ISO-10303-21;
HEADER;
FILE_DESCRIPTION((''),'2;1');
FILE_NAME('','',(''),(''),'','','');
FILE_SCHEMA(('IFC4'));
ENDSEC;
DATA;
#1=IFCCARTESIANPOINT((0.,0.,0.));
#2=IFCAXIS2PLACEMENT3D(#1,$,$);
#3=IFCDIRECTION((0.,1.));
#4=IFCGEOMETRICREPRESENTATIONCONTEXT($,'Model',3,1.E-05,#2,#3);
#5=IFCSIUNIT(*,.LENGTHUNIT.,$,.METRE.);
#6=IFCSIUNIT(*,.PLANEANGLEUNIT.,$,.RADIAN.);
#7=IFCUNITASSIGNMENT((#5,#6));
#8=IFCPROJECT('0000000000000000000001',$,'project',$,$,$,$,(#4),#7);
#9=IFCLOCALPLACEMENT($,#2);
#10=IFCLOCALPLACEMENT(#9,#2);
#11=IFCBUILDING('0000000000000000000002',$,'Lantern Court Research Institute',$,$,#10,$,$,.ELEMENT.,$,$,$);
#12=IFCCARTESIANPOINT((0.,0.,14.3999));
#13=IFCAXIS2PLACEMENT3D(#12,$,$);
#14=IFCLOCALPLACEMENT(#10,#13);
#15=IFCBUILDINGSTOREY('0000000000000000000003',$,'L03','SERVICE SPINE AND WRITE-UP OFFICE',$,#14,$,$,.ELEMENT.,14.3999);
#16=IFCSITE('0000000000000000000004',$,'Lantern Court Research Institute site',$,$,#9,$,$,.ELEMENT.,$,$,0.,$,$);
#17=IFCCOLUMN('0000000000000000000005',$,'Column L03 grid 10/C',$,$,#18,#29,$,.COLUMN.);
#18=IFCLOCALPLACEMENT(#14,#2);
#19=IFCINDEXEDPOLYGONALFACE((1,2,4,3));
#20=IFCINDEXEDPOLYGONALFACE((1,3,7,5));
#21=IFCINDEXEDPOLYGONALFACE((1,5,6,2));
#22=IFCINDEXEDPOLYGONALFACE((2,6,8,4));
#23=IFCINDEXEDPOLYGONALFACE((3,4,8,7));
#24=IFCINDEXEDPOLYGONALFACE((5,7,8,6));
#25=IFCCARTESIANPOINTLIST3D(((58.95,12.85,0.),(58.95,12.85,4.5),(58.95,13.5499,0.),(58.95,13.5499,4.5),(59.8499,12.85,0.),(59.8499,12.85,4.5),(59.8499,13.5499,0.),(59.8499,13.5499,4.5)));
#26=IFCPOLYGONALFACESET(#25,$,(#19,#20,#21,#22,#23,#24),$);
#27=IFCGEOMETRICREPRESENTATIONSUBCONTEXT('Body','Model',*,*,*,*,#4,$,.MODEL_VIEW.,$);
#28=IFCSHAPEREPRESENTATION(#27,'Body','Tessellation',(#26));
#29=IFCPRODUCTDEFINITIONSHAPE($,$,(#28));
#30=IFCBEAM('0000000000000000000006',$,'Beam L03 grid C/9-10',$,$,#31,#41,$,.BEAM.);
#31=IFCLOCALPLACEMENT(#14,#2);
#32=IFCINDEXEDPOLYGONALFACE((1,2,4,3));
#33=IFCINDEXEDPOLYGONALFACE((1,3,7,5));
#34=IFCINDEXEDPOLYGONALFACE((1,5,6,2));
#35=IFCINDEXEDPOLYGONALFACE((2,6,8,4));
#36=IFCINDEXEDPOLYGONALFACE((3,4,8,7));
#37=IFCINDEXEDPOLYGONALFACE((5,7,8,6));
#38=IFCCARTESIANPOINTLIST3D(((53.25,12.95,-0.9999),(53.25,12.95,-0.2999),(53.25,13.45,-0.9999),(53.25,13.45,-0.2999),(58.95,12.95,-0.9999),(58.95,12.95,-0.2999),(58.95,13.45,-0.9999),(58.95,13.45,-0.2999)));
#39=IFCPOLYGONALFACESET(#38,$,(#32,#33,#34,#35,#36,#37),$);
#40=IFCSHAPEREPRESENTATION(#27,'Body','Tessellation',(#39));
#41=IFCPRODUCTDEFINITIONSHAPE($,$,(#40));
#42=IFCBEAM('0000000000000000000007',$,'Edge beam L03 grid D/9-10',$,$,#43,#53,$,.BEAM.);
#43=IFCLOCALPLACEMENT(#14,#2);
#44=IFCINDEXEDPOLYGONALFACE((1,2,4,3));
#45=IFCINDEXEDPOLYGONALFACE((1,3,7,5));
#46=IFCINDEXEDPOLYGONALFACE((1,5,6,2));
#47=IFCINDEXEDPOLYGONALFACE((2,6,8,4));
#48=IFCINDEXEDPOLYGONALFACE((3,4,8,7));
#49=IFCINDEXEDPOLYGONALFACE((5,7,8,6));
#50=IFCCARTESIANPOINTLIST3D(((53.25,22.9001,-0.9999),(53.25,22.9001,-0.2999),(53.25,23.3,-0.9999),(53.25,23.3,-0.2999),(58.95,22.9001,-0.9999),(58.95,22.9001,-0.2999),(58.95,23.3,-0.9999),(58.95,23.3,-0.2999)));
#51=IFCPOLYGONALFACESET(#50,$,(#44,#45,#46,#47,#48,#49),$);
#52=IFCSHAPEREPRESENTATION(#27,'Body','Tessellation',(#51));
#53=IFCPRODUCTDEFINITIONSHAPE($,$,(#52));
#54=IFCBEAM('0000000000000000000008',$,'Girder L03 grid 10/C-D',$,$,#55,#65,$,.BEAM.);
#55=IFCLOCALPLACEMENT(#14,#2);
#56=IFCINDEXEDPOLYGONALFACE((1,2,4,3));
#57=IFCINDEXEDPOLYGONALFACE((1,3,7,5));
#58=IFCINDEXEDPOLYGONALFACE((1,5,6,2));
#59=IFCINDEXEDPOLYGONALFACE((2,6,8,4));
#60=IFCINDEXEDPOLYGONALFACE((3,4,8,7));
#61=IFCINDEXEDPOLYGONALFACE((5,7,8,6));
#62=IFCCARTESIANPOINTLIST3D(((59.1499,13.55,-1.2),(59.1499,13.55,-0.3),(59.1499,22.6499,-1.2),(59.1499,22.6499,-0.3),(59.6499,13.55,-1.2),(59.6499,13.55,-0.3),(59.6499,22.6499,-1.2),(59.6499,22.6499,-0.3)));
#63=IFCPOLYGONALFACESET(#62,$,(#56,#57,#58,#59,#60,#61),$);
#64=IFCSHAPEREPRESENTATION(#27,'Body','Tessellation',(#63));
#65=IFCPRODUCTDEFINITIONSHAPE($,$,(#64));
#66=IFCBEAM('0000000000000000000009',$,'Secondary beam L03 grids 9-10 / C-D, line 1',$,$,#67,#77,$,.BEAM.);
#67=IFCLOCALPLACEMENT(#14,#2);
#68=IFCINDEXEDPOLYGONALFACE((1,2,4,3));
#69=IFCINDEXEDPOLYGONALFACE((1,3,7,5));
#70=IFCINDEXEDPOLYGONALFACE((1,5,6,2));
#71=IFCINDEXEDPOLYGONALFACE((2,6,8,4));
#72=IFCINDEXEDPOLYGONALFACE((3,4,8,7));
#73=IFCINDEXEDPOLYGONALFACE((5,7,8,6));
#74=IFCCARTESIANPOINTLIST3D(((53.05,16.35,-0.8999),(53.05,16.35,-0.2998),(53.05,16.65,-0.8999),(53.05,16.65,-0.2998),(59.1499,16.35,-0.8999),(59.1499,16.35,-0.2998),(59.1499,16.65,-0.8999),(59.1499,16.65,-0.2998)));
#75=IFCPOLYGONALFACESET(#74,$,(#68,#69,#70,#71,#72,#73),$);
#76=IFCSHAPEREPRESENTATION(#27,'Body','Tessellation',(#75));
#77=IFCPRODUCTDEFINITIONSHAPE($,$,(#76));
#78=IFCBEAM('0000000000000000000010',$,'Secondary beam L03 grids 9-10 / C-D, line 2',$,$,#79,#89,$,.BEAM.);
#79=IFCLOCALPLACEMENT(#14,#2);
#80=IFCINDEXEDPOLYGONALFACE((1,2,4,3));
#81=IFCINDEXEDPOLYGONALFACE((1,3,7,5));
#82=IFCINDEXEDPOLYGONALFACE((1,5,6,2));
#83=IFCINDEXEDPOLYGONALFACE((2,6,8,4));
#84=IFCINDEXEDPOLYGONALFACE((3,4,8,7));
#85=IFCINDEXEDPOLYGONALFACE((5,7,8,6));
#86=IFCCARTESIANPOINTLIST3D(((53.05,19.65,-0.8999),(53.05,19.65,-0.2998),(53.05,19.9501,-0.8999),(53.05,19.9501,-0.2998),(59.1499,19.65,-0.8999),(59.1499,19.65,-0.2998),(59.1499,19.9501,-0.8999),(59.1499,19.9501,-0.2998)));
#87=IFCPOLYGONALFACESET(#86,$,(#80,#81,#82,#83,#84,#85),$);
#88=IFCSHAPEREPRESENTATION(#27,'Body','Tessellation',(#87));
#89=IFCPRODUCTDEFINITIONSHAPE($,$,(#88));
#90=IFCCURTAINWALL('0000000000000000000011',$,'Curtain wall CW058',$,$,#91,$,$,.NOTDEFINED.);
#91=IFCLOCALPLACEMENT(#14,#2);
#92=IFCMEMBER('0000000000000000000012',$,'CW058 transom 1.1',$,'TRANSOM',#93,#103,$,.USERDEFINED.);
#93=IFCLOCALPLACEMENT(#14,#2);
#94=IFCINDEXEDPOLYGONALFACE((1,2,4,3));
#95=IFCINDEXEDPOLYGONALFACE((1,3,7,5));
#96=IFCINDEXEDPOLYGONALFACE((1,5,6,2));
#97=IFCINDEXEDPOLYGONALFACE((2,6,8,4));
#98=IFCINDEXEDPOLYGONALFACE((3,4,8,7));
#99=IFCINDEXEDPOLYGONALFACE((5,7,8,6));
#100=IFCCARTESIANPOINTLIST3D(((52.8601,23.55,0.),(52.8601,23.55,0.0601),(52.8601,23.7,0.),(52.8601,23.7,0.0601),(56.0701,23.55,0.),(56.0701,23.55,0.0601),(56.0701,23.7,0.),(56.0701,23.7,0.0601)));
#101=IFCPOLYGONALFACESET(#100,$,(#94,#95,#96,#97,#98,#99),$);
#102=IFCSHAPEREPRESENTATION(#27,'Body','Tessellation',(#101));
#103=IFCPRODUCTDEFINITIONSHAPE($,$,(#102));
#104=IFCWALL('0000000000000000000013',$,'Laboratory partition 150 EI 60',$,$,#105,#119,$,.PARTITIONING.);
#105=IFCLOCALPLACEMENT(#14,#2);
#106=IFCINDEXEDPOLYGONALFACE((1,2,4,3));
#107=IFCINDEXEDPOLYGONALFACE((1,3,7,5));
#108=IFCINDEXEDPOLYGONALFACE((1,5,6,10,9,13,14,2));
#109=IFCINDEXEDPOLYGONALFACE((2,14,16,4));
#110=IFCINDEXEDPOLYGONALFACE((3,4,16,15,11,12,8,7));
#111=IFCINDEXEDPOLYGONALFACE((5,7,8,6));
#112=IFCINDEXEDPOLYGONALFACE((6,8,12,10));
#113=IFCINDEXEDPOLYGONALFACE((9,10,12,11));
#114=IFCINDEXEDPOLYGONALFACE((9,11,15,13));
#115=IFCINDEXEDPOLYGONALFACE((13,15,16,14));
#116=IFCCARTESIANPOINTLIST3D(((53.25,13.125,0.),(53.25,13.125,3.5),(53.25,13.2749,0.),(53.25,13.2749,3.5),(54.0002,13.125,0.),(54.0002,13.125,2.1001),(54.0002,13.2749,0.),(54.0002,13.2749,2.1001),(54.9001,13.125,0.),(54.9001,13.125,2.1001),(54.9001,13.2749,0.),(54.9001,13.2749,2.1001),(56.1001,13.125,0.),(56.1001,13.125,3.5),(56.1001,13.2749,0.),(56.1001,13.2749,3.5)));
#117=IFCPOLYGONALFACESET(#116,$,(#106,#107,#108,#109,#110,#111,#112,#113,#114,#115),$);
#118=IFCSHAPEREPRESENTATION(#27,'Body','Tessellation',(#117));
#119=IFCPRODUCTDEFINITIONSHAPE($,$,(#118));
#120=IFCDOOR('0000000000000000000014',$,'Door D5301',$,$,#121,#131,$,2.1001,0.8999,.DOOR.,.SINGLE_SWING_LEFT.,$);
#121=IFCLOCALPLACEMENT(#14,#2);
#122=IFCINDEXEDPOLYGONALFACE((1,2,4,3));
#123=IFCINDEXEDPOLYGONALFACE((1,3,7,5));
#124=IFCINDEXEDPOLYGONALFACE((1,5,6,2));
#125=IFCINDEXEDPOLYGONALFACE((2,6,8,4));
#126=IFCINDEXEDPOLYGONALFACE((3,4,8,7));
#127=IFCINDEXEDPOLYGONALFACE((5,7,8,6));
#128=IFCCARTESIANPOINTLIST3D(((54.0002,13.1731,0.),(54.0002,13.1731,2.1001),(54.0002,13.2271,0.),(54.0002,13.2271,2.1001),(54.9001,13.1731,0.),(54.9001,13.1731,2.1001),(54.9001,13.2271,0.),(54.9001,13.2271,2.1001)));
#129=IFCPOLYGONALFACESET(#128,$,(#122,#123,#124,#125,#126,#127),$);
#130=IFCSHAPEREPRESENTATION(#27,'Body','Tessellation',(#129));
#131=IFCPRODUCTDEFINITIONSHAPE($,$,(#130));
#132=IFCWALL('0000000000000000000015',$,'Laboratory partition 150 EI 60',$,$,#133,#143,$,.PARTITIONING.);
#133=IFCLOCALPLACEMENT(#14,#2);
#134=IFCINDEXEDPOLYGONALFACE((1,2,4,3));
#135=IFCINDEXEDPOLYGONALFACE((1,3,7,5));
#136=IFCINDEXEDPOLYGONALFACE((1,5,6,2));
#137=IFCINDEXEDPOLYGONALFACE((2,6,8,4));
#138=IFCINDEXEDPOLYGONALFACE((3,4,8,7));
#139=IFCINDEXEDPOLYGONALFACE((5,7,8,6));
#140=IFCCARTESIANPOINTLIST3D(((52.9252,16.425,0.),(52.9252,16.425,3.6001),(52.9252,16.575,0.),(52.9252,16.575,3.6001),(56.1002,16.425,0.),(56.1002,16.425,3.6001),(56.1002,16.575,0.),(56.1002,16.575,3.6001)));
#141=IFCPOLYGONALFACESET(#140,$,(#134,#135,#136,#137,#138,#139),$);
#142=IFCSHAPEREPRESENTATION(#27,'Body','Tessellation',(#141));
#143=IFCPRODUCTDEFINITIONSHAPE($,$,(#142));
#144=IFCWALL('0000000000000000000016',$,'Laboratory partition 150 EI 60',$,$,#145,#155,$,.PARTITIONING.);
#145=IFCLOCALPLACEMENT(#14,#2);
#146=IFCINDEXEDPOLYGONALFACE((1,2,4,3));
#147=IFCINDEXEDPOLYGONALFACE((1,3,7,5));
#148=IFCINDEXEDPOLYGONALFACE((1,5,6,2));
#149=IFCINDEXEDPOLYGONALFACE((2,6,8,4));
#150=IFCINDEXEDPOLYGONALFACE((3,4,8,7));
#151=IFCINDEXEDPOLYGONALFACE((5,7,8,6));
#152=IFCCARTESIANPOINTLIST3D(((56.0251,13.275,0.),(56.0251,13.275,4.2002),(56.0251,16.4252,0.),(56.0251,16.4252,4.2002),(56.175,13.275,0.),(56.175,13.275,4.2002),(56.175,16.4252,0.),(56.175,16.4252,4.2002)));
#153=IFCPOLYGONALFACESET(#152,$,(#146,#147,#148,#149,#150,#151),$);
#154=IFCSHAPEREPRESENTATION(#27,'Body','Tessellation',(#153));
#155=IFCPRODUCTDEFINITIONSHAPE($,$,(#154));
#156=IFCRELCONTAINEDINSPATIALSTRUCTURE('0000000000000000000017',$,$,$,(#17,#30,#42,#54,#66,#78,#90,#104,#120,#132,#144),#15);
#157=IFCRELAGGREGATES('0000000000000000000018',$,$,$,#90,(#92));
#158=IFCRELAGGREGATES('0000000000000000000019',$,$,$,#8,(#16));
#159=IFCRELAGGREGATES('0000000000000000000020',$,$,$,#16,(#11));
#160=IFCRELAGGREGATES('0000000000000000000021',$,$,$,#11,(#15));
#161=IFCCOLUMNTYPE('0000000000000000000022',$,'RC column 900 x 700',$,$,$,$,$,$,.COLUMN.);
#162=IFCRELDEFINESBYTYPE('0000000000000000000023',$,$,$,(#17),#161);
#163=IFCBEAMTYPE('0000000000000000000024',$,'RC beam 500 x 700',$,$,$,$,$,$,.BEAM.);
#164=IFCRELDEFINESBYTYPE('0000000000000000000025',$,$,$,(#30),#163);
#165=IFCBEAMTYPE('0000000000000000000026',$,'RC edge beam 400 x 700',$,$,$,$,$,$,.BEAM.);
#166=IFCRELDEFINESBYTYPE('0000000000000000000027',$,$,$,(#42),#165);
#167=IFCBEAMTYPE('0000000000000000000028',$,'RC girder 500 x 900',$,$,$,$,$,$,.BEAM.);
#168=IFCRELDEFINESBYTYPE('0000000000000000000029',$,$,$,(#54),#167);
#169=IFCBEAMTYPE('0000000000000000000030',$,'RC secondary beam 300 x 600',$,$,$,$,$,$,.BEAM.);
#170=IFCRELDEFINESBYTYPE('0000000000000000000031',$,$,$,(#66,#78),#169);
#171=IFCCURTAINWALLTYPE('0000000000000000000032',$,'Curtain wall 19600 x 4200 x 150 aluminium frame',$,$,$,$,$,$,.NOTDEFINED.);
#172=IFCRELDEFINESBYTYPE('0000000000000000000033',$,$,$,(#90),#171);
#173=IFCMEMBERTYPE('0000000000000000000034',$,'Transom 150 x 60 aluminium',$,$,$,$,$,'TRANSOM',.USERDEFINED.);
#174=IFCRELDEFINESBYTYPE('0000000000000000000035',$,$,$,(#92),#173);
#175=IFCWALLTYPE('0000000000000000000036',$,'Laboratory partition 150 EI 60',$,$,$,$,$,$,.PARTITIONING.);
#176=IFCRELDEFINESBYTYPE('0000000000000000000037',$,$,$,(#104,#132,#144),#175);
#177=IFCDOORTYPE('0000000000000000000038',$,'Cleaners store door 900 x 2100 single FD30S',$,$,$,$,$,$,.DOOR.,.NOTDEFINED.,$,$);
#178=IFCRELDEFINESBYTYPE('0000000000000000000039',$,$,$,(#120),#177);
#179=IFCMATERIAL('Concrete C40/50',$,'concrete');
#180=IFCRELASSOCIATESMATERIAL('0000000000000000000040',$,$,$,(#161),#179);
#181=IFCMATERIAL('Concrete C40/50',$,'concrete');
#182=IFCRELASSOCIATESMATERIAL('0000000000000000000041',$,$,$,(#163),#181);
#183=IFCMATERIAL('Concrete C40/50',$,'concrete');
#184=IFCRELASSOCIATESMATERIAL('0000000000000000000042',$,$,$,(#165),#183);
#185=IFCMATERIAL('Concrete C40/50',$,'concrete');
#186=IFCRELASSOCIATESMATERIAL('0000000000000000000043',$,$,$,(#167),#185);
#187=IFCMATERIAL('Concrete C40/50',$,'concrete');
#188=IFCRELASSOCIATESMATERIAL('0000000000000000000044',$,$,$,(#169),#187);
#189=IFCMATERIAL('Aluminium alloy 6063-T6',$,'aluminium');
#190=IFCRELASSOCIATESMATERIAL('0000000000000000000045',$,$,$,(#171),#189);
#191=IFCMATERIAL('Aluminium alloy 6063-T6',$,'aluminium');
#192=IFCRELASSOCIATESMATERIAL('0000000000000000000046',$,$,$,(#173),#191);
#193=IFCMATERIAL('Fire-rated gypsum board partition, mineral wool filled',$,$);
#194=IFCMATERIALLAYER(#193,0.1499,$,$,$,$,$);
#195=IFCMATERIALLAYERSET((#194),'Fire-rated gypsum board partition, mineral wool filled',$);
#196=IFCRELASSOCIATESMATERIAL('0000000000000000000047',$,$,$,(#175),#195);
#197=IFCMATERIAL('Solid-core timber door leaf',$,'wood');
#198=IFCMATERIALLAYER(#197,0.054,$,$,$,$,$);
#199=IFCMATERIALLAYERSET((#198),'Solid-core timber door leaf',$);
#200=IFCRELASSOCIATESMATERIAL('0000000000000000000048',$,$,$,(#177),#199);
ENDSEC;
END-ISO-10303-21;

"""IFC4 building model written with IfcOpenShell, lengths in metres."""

from ifc_helpers import new_model, si_unit, direction, frame, frame_2d, origin, origin_2d, place, context, subcontext, project, spatial, rectangle, extrude, material, layer, layer_set, material_profile, profile_set, type_object, element, fill, aggregate, save


model = new_model("IFC4")

# Units and contexts
model_context = context("Model", 3, precision=1e-05, world=origin(), true_north=direction((0.0, 1.0)))
body_context = subcontext(model_context, "Body", "Model", "MODEL_VIEW")
ifc_project = project(units=[si_unit("LENGTHUNIT", "METRE"), si_unit("PLANEANGLEUNIT", "RADIAN")], contexts=[model_context])

# Site, building, storey
site_placement = place(None, origin())
site = spatial("IfcSite", under=ifc_project, at=site_placement, Name="Lantern Court Research Institute site", CompositionType="ELEMENT", RefElevation=0.0)
building_placement = place(site_placement, origin())
building = spatial("IfcBuilding", under=site, at=building_placement, Name="Lantern Court Research Institute", CompositionType="ELEMENT")
storey_placement = place(building_placement, frame((0.0, 0.0, 14.3999)))
storey = spatial("IfcBuildingStorey", under=building, at=storey_placement, Name="L03", Description="SERVICE SPINE AND WRITE-UP OFFICE", CompositionType="ELEMENT", Elevation=14.3999)

# Column
ifc_material_1 = material(Name="Concrete C40/50", Category="concrete")
ifc_material_profile_1 = material_profile(ifc_material_1, rectangle(XDim=0.8999, YDim=0.7, at=origin_2d()), Name="RC column 900 x 700")
ifc_profile_set_1 = profile_set([ifc_material_profile_1], Name="Concrete C40/50")
column_type = type_object("IfcColumnType", Name="RC column 900 x 700", PredefinedType="COLUMN", material=ifc_profile_set_1)
column_placement = place(storey_placement, frame((59.3999, 13.2, 0.0), z_axis=(0.0, 0.0, 1.0), x_axis=(1.0, 0.0, 0.0)))
element("IfcColumn", 1, at=column_placement, inside=storey, type_object=column_type, Name="Column L03 grid 10/C", PredefinedType="COLUMN", context=body_context, shape_type="SweptSolid", body=[
    extrude(rectangle(XDim=0.8999, YDim=0.7, at=origin_2d()), origin(), (0.0, 0.0, 1.0), 4.5),
])

# Beams
ifc_material_2 = material(Name="Concrete C40/50", Category="concrete")
ifc_material_profile_2 = material_profile(ifc_material_2, rectangle(XDim=0.5, YDim=0.7, at=origin_2d()), Name="RC beam 500 x 700")
ifc_profile_set_2 = profile_set([ifc_material_profile_2], Name="Concrete C40/50")
beam_type_1 = type_object("IfcBeamType", Name="RC beam 500 x 700", PredefinedType="BEAM", material=ifc_profile_set_2)
beam_1_placement = place(storey_placement, frame((53.25, 13.2, -0.6499), z_axis=(1.0, 0.0, 0.0), x_axis=(0.0, 1.0, 0.0)))
element("IfcBeam", 2, at=beam_1_placement, inside=storey, type_object=beam_type_1, Name="Beam L03 grid C/9-10", PredefinedType="BEAM", context=body_context, shape_type="SweptSolid", body=[
    extrude(rectangle(XDim=0.5, YDim=0.7, at=origin_2d()), origin(), (0.0, 0.0, 1.0), 5.7),
])
ifc_material_3 = material(Name="Concrete C40/50", Category="concrete")
ifc_material_profile_3 = material_profile(ifc_material_3, rectangle(XDim=0.3999, YDim=0.7, at=origin_2d()), Name="RC beam 400 x 700")
ifc_profile_set_3 = profile_set([ifc_material_profile_3], Name="Concrete C40/50")
beam_type_2 = type_object("IfcBeamType", Name="RC edge beam 400 x 700", PredefinedType="BEAM", material=ifc_profile_set_3)
beam_2_placement = place(storey_placement, frame((53.25, 23.1001, -0.6499), z_axis=(1.0, 0.0, 0.0), x_axis=(0.0, 1.0, 0.0)))
element("IfcBeam", 3, at=beam_2_placement, inside=storey, type_object=beam_type_2, Name="Edge beam L03 grid D/9-10", PredefinedType="BEAM", context=body_context, shape_type="SweptSolid", body=[
    extrude(rectangle(XDim=0.3999, YDim=0.7, at=origin_2d()), origin(), (0.0, 0.0, 1.0), 5.7),
])
ifc_material_4 = material(Name="Concrete C40/50", Category="concrete")
ifc_material_profile_4 = material_profile(ifc_material_4, rectangle(XDim=0.5, YDim=0.8999, at=origin_2d()), Name="RC beam 500 x 900")
ifc_profile_set_4 = profile_set([ifc_material_profile_4], Name="Concrete C40/50")
beam_type_3 = type_object("IfcBeamType", Name="RC girder 500 x 900", PredefinedType="BEAM", material=ifc_profile_set_4)
beam_3_placement = place(storey_placement, frame((59.3999, 13.55, -0.75), z_axis=(0.0, 1.0, 0.0), x_axis=(-1.0, 0.0, 0.0)))
element("IfcBeam", 4, at=beam_3_placement, inside=storey, type_object=beam_type_3, Name="Girder L03 grid 10/C-D", PredefinedType="BEAM", context=body_context, shape_type="SweptSolid", body=[
    extrude(rectangle(XDim=0.5, YDim=0.8999, at=origin_2d()), origin(), (0.0, 0.0, 1.0), 9.0999),
])
ifc_material_5 = material(Name="Concrete C40/50", Category="concrete")
ifc_material_profile_5 = material_profile(ifc_material_5, rectangle(XDim=0.3, YDim=0.6001, at=origin_2d()), Name="RC beam 300 x 600")
ifc_profile_set_5 = profile_set([ifc_material_profile_5], Name="Concrete C40/50")
beam_type_4 = type_object("IfcBeamType", Name="RC secondary beam 300 x 600", PredefinedType="BEAM", material=ifc_profile_set_5)
for number, where, z_axis, x_axis, name in (
    (5, (53.05, 16.5, -0.5999), (1.0, 0.0, 0.0), (0.0, 1.0, 0.0), "Secondary beam L03 grids 9-10 / C-D, line 1"),
    (6, (53.05, 19.8, -0.5999), (1.0, 0.0, 0.0), (0.0, 1.0, 0.0), "Secondary beam L03 grids 9-10 / C-D, line 2"),
):
    element("IfcBeam", number, at=place(storey_placement, frame(where, z_axis=z_axis, x_axis=x_axis)), inside=storey, type_object=beam_type_4, Name=name, PredefinedType="BEAM", context=body_context, shape_type="SweptSolid", body=[
        extrude(rectangle(XDim=0.3, YDim=0.6001, at=origin_2d()), origin(), (0.0, 0.0, 1.0), 6.0999),
    ])

# Curtain wall, member
ifc_material_6 = material(Name="Aluminium alloy 6063-T6", Category="aluminium")
curtain_wall_type = type_object("IfcCurtainWallType", Name="Curtain wall 19600 x 4200 x 150 aluminium frame", PredefinedType="NOTDEFINED", material=ifc_material_6)
curtain_wall_placement = place(storey_placement, origin())
curtain_wall = element("IfcCurtainWall", 7, at=curtain_wall_placement, inside=storey, type_object=curtain_wall_type, Name="Curtain wall CW058", PredefinedType="NOTDEFINED")
ifc_material_7 = material(Name="Aluminium alloy 6063-T6", Category="aluminium")
ifc_material_profile_6 = material_profile(ifc_material_7, rectangle(XDim=0.1499, YDim=0.0601, at=origin_2d()), Name="Transom 150 x 60")
ifc_profile_set_6 = profile_set([ifc_material_profile_6], Name="Aluminium alloy 6063-T6")
member_type = type_object("IfcMemberType", Name="Transom 150 x 60 aluminium", ElementType="TRANSOM", PredefinedType="USERDEFINED", material=ifc_profile_set_6)
member_placement = place(storey_placement, frame((52.8601, 23.625, 0.03), z_axis=(1.0, 0.0, 0.0), x_axis=(0.0, 1.0, 0.0)))
member = element("IfcMember", 8, at=member_placement, type_object=member_type, Name="CW058 transom 1.1", ObjectType="TRANSOM", PredefinedType="USERDEFINED", context=body_context, shape_type="SweptSolid", body=[
    extrude(rectangle(XDim=0.1499, YDim=0.0601, at=origin_2d()), origin(), (0.0, 0.0, 1.0), 3.21),
])
aggregate(curtain_wall, [member])

# Wall, opening, door
ifc_material_8 = material(Name="Fire-rated gypsum board partition, mineral wool filled")
ifc_layer_1 = layer(ifc_material_8, 0.1499)
ifc_layer_set_1 = layer_set([ifc_layer_1], Name="Fire-rated gypsum board partition, mineral wool filled")
wall_type_1 = type_object("IfcWallType", Name="Laboratory partition 150 EI 60", PredefinedType="PARTITIONING", material=ifc_layer_set_1)
wall_1_placement = place(storey_placement, frame((56.1001, 13.2, 0.0), z_axis=(0.0, 0.0, 1.0), x_axis=(-1.0, 0.0, 0.0)))
wall_1 = element("IfcWall", 9, at=wall_1_placement, inside=storey, type_object=wall_type_1, Name="Laboratory partition 150 EI 60", PredefinedType="PARTITIONING", context=body_context, shape_type="SweptSolid", body=[
    extrude(rectangle(XDim=2.8501, YDim=0.1499, at=frame_2d((1.425, 0.0))), origin(), (0.0, 0.0, 1.0), 3.5),
])
opening_1_placement = place(wall_1_placement, frame((1.2, 0.0, 0.0)))
opening_1 = element("IfcOpeningElement", 10, at=opening_1_placement, cuts=wall_1, PredefinedType="OPENING", context=body_context, shape_type="SweptSolid", body=[
    extrude(rectangle(XDim=0.8999, YDim=2.1001, at=frame_2d((0.45, 1.05))), frame((0.0, 0.085, 0.0), z_axis=(0.0, -1.0, 0.0), x_axis=(1.0, 0.0, 0.0)), (0.0, 0.0, 1.0), 0.1699),
])
ifc_material_9 = material(Name="Solid-core timber door leaf", Category="wood")
ifc_layer_2 = layer(ifc_material_9, 0.054)
ifc_layer_set_2 = layer_set([ifc_layer_2], Name="Solid-core timber door leaf")
door_type_1 = type_object("IfcDoorType", Name="Cleaners store door 900 x 2100 single FD30S", OperationType="NOTDEFINED", PredefinedType="DOOR", material=ifc_layer_set_2)
door_1_placement = place(opening_1_placement, origin())
door_1 = element("IfcDoor", 11, at=door_1_placement, inside=storey, type_object=door_type_1, Name="Door D5301", OperationType="SINGLE_SWING_LEFT", OverallHeight=2.1001, OverallWidth=0.8999, PredefinedType="DOOR", context=body_context, shape_type="SweptSolid", body=[
    extrude(rectangle(XDim=0.8999, YDim=2.1001, at=frame_2d((0.45, 1.05))), frame((0.0, 0.0269, 0.0), z_axis=(0.0, -1.0, 0.0), x_axis=(1.0, 0.0, 0.0)), (0.0, 0.0, 1.0), 0.054),
])
fill(opening_1, door_1)

# Walls
wall_2_placement = place(storey_placement, frame((56.1001, 16.5, 0.0), z_axis=(0.0, 0.0, 1.0), x_axis=(-1.0, 0.0, 0.0)))
element("IfcWall", 12, at=wall_2_placement, inside=storey, type_object=wall_type_1, Name="Laboratory partition 150 EI 60", PredefinedType="PARTITIONING", context=body_context, shape_type="SweptSolid", body=[
    extrude(rectangle(XDim=3.175, YDim=0.1499, at=frame_2d((1.5874, 0.0))), origin(), (0.0, 0.0, 1.0), 3.6001),
])
wall_3_placement = place(storey_placement, frame((56.1001, 13.2749, 0.0), z_axis=(0.0, 0.0, 1.0), x_axis=(0.0, 1.0, 0.0)))
element("IfcWall", 13, at=wall_3_placement, inside=storey, type_object=wall_type_1, Name="Laboratory partition 150 EI 60", PredefinedType="PARTITIONING", context=body_context, shape_type="SweptSolid", body=[
    extrude(rectangle(XDim=3.1501, YDim=0.1499, at=frame_2d((1.5752, 0.0))), origin(), (0.0, 0.0, 1.0), 4.2002),
])

save(model, "model.ifc")
